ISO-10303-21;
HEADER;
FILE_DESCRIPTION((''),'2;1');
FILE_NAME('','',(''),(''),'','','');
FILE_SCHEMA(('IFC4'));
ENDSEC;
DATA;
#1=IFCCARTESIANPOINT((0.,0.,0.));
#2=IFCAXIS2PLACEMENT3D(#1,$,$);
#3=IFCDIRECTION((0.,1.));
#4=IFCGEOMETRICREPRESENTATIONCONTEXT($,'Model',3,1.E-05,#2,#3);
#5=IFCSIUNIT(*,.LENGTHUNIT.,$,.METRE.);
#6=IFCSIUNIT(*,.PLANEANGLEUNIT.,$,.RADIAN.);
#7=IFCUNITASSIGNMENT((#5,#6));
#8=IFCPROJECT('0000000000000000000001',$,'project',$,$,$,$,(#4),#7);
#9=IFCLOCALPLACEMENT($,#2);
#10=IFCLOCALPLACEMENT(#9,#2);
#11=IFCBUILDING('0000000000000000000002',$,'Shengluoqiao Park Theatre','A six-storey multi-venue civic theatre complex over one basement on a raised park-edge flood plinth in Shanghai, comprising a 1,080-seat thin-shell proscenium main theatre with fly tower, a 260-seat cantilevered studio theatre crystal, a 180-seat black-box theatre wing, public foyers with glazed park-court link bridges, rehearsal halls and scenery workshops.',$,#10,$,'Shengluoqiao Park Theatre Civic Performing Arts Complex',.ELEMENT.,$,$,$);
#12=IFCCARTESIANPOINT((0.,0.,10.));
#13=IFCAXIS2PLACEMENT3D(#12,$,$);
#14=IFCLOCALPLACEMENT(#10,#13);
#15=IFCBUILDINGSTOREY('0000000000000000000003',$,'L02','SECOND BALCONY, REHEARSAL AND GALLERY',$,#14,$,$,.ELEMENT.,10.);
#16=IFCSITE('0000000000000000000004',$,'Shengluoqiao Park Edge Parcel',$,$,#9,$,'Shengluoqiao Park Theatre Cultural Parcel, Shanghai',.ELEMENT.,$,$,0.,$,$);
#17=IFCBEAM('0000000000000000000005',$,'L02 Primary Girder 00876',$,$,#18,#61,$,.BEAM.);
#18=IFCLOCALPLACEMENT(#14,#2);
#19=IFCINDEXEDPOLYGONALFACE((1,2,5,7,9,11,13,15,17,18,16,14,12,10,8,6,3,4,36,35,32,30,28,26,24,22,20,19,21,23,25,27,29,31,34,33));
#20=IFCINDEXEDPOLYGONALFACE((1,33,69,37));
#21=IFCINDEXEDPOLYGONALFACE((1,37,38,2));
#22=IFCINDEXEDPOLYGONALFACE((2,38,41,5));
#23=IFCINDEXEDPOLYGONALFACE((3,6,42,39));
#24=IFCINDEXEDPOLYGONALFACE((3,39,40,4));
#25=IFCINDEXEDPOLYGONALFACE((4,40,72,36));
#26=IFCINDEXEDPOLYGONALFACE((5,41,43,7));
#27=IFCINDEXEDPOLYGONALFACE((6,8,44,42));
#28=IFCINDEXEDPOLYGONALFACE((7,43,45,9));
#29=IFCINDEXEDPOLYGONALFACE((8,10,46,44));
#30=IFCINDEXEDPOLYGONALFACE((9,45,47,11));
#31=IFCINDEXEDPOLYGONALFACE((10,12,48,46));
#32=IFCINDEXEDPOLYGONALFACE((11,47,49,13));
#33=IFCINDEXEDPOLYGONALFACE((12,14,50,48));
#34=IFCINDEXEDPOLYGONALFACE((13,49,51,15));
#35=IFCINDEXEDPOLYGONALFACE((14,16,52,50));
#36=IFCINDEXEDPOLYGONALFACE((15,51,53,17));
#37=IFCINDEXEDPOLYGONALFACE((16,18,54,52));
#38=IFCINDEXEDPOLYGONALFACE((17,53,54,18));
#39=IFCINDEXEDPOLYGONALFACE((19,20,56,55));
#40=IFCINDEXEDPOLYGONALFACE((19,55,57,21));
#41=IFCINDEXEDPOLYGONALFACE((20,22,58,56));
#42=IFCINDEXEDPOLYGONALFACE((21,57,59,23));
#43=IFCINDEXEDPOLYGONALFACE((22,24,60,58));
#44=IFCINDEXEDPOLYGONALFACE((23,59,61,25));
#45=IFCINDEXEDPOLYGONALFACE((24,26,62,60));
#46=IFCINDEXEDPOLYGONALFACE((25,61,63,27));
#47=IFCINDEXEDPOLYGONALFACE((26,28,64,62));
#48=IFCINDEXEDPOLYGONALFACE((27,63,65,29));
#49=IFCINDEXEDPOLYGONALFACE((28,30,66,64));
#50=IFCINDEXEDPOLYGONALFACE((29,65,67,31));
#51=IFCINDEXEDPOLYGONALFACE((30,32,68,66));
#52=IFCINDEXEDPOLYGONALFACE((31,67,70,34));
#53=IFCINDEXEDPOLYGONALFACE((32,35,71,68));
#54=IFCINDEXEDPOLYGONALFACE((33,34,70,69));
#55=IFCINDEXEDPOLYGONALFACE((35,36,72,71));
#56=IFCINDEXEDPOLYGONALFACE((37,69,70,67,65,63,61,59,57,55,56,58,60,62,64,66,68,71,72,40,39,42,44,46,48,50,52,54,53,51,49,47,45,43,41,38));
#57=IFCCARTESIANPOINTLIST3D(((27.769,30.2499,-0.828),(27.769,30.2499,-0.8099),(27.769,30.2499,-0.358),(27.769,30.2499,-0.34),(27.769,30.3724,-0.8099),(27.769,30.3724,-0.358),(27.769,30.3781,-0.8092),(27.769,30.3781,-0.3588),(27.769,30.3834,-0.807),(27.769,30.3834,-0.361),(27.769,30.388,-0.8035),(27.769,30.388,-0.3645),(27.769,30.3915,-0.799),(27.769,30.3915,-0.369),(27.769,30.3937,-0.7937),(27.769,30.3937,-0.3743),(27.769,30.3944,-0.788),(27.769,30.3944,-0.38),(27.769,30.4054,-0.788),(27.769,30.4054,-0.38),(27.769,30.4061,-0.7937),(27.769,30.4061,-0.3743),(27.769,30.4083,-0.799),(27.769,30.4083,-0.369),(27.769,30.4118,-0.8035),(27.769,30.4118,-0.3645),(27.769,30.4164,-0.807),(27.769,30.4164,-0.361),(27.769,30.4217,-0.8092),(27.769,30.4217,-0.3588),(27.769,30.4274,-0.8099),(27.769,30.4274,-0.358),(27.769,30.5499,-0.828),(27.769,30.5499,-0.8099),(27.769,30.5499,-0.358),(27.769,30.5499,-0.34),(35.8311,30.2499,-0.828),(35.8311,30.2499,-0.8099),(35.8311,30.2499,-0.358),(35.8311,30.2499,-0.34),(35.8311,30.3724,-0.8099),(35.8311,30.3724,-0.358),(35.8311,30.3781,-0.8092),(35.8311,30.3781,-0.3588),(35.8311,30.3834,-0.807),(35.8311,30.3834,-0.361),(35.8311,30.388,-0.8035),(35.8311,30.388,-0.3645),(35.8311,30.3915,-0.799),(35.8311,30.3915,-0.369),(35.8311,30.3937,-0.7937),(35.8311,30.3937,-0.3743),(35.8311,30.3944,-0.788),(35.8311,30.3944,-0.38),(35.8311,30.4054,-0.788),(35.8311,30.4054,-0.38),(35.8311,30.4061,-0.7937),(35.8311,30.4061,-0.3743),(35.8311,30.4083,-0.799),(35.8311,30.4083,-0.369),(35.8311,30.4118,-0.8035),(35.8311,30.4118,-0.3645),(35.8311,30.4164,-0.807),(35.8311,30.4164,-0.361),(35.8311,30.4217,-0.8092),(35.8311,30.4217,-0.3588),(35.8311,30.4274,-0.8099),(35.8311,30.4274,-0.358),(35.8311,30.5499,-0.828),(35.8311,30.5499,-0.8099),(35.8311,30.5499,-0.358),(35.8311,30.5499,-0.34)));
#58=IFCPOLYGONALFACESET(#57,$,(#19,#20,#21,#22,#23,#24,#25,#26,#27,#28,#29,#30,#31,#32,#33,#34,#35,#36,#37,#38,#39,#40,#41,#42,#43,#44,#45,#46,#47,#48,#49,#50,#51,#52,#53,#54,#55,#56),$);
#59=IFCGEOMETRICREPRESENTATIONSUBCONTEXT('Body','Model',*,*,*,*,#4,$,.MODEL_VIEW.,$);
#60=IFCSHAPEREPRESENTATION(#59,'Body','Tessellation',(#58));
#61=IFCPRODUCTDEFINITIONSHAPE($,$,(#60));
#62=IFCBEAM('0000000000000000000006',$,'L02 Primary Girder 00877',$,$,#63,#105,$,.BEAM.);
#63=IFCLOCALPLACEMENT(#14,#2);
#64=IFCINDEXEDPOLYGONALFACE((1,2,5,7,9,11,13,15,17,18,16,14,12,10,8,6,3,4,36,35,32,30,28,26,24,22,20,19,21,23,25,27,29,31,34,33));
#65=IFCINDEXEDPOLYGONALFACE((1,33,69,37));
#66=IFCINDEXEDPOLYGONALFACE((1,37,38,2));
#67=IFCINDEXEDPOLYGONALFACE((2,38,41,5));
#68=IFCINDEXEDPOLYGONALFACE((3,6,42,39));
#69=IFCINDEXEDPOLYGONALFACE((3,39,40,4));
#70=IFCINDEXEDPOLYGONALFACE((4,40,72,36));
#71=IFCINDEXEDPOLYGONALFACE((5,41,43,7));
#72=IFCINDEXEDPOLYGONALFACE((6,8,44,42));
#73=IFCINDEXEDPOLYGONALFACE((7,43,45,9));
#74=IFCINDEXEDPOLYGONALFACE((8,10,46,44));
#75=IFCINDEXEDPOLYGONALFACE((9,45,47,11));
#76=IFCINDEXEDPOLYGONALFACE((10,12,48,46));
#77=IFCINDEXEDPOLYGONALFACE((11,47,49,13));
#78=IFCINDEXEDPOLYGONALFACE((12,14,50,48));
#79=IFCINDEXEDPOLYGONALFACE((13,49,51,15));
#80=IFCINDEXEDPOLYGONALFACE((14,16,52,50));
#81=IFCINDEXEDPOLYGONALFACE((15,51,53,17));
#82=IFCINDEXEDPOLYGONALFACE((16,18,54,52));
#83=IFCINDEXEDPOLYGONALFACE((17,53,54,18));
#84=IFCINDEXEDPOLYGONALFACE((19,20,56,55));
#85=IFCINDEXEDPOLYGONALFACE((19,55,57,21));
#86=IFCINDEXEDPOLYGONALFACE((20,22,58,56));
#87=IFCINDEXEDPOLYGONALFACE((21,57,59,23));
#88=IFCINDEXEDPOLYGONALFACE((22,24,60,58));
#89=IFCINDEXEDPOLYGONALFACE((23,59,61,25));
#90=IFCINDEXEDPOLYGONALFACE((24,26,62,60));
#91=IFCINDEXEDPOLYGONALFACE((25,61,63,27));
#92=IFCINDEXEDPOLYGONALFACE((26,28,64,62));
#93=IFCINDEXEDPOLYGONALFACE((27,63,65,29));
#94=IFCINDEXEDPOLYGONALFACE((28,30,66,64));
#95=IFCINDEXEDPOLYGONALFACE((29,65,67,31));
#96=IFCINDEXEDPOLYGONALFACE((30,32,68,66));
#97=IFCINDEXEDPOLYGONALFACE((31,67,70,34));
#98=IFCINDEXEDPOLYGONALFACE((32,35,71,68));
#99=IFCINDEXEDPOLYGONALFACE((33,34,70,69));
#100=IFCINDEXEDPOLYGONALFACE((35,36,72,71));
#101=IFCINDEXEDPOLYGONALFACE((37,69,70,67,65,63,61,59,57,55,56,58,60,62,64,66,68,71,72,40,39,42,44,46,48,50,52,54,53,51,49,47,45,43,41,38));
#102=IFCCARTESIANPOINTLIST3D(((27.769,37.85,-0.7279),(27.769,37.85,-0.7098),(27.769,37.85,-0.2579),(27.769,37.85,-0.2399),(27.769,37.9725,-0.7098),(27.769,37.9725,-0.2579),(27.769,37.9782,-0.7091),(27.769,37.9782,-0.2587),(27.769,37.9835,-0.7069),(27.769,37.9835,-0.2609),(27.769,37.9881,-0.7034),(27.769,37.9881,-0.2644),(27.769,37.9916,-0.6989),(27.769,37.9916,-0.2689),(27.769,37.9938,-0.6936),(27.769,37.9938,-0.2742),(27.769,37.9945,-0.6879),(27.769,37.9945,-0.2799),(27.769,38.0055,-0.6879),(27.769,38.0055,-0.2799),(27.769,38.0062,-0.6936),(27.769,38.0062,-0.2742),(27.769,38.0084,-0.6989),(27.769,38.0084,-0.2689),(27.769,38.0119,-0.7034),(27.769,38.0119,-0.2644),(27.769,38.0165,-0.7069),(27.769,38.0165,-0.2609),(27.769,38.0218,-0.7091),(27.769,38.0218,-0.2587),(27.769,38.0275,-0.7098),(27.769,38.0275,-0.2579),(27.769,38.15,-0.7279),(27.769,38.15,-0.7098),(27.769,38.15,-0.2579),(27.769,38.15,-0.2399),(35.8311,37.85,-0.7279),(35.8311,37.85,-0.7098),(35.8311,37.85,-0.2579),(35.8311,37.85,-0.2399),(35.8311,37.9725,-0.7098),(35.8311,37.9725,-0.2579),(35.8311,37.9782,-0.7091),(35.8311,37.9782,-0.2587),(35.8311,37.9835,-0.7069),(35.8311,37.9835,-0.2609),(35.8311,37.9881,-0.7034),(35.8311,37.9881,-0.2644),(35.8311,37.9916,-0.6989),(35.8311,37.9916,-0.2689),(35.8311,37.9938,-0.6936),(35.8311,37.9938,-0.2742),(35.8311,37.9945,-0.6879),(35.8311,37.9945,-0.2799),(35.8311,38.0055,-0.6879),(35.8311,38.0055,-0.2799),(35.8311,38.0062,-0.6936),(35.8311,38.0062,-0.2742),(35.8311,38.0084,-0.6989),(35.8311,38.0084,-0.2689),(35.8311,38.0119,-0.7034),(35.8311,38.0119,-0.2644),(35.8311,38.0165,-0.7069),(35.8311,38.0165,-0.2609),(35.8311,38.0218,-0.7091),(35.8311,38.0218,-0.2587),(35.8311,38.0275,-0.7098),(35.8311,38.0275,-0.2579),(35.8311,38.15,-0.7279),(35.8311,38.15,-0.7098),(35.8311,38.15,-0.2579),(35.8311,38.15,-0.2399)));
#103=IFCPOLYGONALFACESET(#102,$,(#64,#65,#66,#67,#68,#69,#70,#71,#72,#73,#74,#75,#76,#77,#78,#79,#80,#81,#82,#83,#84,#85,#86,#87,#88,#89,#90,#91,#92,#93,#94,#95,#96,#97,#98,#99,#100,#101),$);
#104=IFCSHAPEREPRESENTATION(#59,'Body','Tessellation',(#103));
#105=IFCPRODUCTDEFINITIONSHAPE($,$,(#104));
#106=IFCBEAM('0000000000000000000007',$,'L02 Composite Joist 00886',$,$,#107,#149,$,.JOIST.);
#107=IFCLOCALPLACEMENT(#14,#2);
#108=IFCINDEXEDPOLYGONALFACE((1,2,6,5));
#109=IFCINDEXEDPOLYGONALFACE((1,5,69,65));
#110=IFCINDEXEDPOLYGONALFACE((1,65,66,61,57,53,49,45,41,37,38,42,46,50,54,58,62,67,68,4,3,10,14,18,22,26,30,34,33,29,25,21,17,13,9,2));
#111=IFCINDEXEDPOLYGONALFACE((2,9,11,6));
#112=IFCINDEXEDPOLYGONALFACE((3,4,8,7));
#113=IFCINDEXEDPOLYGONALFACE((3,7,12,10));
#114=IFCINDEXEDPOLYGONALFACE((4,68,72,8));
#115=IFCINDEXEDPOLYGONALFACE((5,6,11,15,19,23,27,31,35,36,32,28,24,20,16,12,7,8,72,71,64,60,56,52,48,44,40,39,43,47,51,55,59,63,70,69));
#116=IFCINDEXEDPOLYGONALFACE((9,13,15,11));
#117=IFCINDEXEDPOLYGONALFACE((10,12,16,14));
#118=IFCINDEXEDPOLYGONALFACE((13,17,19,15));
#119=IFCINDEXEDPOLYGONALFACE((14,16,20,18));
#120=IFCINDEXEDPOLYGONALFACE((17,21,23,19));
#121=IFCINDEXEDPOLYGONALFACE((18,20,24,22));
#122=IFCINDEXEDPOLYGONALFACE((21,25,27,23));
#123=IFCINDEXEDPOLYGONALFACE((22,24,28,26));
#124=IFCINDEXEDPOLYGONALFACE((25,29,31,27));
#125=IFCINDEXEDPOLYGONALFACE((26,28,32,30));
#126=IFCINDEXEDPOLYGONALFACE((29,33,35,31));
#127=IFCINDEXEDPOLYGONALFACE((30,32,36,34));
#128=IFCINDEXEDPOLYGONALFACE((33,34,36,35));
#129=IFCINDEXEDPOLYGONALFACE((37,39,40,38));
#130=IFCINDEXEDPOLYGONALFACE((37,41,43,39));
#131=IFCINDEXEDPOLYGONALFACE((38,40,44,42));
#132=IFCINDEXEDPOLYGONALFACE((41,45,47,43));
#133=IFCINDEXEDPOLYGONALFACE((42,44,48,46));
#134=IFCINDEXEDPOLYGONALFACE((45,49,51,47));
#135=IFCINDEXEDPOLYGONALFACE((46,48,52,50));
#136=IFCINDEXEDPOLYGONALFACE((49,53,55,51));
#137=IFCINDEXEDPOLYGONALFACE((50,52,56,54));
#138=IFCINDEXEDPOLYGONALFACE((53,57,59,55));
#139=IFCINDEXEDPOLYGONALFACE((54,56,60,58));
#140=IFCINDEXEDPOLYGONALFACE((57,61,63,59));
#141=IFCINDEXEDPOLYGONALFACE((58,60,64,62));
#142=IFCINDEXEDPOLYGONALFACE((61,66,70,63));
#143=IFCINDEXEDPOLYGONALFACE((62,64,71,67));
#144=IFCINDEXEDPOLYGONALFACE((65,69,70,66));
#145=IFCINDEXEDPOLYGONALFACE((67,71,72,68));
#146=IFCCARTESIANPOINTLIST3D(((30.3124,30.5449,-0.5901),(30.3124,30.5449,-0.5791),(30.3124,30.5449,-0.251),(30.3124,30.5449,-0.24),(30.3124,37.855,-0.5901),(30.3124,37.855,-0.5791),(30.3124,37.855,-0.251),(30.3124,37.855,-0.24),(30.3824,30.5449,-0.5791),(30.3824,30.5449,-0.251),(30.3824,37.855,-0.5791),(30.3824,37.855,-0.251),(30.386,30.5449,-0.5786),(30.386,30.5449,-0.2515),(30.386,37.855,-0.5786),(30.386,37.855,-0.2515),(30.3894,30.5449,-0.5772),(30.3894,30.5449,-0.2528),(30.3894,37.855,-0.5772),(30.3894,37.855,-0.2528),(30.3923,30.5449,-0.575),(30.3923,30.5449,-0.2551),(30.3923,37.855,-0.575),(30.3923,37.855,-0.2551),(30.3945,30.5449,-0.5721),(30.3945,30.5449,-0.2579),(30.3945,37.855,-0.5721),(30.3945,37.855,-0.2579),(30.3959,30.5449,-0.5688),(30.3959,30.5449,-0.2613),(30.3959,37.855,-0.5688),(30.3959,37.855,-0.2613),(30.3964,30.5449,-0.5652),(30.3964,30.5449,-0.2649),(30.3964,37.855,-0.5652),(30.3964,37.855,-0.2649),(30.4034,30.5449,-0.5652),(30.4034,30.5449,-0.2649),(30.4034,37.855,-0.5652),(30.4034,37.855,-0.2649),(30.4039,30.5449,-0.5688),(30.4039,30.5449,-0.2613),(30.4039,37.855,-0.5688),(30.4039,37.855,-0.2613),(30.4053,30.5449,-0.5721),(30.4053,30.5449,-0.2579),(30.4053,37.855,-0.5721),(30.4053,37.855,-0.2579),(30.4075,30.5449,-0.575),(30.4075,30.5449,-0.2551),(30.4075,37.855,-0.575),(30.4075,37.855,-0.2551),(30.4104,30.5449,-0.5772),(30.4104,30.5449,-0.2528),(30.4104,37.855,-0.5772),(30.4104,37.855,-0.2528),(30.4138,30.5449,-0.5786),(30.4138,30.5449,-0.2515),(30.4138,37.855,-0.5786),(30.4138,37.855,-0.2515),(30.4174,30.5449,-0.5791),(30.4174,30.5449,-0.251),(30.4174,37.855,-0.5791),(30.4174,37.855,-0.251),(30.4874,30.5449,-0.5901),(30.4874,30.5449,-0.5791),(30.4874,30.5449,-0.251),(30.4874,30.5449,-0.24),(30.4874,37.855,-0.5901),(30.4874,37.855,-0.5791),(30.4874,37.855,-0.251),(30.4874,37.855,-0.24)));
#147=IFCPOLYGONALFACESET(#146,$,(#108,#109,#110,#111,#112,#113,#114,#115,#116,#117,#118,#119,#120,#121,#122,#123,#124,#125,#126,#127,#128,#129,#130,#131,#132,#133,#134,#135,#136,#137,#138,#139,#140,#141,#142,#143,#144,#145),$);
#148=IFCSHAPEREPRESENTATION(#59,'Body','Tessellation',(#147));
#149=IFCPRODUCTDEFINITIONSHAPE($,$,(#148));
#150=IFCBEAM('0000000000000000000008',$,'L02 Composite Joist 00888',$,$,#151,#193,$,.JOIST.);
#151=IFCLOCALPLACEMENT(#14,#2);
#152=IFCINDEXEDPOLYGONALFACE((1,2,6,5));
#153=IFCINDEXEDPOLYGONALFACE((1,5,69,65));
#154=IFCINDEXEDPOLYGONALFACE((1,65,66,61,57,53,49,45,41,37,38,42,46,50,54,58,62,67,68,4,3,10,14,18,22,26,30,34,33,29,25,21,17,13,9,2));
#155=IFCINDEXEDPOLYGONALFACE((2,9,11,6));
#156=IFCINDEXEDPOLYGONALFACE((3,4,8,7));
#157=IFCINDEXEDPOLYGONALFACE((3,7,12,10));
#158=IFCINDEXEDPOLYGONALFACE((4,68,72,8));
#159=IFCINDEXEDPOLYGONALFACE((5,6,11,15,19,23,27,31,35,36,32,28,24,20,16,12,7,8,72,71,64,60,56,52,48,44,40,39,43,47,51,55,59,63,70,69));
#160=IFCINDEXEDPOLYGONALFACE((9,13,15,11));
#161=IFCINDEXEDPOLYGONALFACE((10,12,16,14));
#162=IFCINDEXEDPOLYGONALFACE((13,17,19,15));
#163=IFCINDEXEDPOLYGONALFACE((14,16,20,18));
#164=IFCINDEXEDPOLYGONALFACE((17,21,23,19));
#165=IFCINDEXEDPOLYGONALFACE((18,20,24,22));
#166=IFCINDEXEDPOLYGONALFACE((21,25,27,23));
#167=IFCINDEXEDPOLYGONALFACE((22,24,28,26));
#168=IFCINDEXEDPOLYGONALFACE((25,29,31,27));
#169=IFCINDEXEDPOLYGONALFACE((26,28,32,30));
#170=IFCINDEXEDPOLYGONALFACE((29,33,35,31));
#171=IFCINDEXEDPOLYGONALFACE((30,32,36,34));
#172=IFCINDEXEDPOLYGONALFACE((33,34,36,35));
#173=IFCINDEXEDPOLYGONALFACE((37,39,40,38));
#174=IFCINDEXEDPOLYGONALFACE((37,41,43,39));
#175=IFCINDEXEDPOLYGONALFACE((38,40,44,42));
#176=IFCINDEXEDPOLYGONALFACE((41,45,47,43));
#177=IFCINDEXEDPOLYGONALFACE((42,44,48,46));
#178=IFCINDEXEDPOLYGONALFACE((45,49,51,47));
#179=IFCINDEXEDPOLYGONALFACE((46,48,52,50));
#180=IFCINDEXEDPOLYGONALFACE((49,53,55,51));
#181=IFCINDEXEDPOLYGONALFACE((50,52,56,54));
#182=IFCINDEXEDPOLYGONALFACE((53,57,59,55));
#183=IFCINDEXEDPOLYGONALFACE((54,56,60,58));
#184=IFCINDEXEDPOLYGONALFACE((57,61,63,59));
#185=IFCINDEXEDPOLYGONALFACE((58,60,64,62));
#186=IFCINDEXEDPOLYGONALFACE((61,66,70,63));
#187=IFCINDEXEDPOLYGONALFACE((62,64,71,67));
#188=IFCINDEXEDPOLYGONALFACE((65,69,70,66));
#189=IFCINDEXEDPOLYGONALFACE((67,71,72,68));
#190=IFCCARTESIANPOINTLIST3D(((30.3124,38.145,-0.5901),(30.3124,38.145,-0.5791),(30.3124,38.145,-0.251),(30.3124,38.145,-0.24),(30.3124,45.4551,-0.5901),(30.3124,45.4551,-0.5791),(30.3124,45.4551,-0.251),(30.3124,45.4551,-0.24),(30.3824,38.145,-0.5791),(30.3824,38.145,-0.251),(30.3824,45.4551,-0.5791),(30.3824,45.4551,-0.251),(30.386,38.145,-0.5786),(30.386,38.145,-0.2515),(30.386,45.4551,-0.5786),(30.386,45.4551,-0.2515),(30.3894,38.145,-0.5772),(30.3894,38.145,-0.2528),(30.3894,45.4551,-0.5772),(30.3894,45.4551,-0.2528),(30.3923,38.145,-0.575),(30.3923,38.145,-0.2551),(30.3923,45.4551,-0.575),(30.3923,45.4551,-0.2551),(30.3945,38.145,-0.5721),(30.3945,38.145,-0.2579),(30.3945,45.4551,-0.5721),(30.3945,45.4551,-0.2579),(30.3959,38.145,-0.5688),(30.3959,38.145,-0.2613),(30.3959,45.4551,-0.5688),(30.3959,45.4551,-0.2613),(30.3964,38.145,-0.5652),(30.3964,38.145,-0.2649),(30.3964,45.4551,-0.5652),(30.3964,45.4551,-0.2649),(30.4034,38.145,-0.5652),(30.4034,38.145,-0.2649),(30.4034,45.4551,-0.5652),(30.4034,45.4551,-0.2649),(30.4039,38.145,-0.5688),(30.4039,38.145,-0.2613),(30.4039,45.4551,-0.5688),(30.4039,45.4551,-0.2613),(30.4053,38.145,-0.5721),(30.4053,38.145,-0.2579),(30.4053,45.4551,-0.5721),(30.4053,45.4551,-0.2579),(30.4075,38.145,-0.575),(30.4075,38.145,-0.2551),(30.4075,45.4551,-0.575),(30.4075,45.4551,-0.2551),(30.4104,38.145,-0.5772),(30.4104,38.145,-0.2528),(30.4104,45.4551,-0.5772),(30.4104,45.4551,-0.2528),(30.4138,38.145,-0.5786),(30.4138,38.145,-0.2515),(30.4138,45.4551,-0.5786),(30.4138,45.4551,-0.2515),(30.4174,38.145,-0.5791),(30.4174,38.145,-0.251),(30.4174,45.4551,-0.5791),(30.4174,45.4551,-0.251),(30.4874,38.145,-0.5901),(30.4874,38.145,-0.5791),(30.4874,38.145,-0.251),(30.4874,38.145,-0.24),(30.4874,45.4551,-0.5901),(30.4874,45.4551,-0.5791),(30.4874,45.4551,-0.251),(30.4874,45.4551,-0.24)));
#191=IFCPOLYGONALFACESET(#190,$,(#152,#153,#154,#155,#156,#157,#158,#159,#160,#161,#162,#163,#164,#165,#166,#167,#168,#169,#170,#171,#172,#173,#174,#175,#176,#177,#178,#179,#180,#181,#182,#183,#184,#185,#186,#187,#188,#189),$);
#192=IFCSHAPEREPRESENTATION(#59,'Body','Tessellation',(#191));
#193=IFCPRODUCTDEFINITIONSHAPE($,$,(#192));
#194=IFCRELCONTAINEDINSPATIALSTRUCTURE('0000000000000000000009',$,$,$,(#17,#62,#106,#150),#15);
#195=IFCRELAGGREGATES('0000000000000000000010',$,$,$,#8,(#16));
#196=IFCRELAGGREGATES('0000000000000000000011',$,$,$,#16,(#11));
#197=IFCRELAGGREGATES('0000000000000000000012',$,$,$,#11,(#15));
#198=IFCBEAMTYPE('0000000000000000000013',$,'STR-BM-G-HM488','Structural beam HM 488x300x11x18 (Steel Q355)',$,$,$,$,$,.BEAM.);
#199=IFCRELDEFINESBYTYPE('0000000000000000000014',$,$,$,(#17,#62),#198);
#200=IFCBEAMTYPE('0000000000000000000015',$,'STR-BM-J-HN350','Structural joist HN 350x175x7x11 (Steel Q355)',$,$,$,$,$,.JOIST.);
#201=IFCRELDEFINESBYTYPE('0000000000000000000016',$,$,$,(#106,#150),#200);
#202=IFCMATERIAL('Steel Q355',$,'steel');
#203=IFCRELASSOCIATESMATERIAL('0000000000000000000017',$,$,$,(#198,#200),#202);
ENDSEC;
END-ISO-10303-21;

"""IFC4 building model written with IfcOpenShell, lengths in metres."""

from ifc_helpers import new_model, si_unit, direction, frame, origin, origin_2d, place, context, subcontext, project, spatial, i_section, extrude, material, material_profile, profile_set, type_object, element, save


model = new_model("IFC4")

# Units and contexts
model_context = context("Model", 3, precision=1e-05, world=origin(), true_north=direction((0.0, 1.0)))
body_context = subcontext(model_context, "Body", "Model", "MODEL_VIEW")
ifc_project = project(units=[si_unit("LENGTHUNIT", "METRE"), si_unit("PLANEANGLEUNIT", "RADIAN")], contexts=[model_context])

# Site, building, storey
site_placement = place(None, origin())
site = spatial("IfcSite", under=ifc_project, at=site_placement, Name="Shengluoqiao Park Edge Parcel", LongName="Shengluoqiao Park Theatre Cultural Parcel, Shanghai", CompositionType="ELEMENT", RefElevation=0.0)
building_placement = place(site_placement, origin())
building = spatial("IfcBuilding", under=site, at=building_placement, Name="Shengluoqiao Park Theatre", Description="A six-storey multi-venue civic theatre complex over one basement on a raised park-edge flood plinth in Shanghai, comprising a 1,080-seat thin-shell proscenium main theatre with fly tower, a 260-seat cantilevered studio theatre crystal, a 180-seat black-box theatre wing, public foyers with glazed park-court link bridges, rehearsal halls and scenery workshops.", LongName="Shengluoqiao Park Theatre Civic Performing Arts Complex", CompositionType="ELEMENT")
storey_placement = place(building_placement, frame((0.0, 0.0, 10.0)))
storey = spatial("IfcBuildingStorey", under=building, at=storey_placement, Name="L02", Description="SECOND BALCONY, REHEARSAL AND GALLERY", CompositionType="ELEMENT", Elevation=10.0)

# Shared definitions
ifc_material_1 = material(Name="Steel Q355", Category="steel")

# Beams
ifc_material_profile_1 = material_profile(ifc_material_1, i_section(OverallWidth=0.3, OverallDepth=0.488, WebThickness=0.011, FlangeThickness=0.0181, FilletRadius=0.022, at=origin_2d()), Name="HM 488x300x11x18")
ifc_profile_set_1 = profile_set([ifc_material_profile_1], Name="Steel Q355")
beam_type_1 = type_object("IfcBeamType", Name="STR-BM-G-HM488", Description="Structural beam HM 488x300x11x18 (Steel Q355)", PredefinedType="BEAM", material=ifc_profile_set_1)
for number, where, z_axis, x_axis, name in (
    (1, (27.769, 30.3999, -0.584), (1.0, 0.0, 0.0), (0.0, 1.0, 0.0), "L02 Primary Girder 00876"),
    (2, (27.769, 38.0, -0.4839), (1.0, 0.0, 0.0), (0.0, 1.0, 0.0), "L02 Primary Girder 00877"),
):
    element("IfcBeam", number, at=place(storey_placement, frame(where, z_axis=z_axis, x_axis=x_axis)), inside=storey, type_object=beam_type_1, Name=name, PredefinedType="BEAM", context=body_context, shape_type="SweptSolid", body=[
        extrude(i_section(OverallWidth=0.3, OverallDepth=0.488, WebThickness=0.011, FlangeThickness=0.0181, FilletRadius=0.022, at=origin_2d()), origin(), (0.0, 0.0, 1.0), 8.062),
    ])
ifc_material_profile_2 = material_profile(ifc_material_1, i_section(OverallWidth=0.175, OverallDepth=0.3501, WebThickness=0.0071, FlangeThickness=0.011, FilletRadius=0.0139, at=origin_2d()), Name="HN 350x175x7x11")
ifc_profile_set_2 = profile_set([ifc_material_profile_2], Name="Steel Q355")
beam_type_2 = type_object("IfcBeamType", Name="STR-BM-J-HN350", Description="Structural joist HN 350x175x7x11 (Steel Q355)", PredefinedType="JOIST", material=ifc_profile_set_2)
for number, where, z_axis, x_axis, name in (
    (3, (30.3999, 30.5449, -0.415), (0.0, 1.0, 0.0), (-1.0, 0.0, 0.0), "L02 Composite Joist 00886"),
    (4, (30.3999, 38.145, -0.415), (0.0, 1.0, 0.0), (-1.0, 0.0, 0.0), "L02 Composite Joist 00888"),
):
    element("IfcBeam", number, at=place(storey_placement, frame(where, z_axis=z_axis, x_axis=x_axis)), inside=storey, type_object=beam_type_2, Name=name, PredefinedType="JOIST", context=body_context, shape_type="SweptSolid", body=[
        extrude(i_section(OverallWidth=0.175, OverallDepth=0.3501, WebThickness=0.0071, FlangeThickness=0.011, FilletRadius=0.0139, at=origin_2d()), origin(), (0.0, 0.0, 1.0), 7.3101),
    ])

save(model, "model.ifc")
